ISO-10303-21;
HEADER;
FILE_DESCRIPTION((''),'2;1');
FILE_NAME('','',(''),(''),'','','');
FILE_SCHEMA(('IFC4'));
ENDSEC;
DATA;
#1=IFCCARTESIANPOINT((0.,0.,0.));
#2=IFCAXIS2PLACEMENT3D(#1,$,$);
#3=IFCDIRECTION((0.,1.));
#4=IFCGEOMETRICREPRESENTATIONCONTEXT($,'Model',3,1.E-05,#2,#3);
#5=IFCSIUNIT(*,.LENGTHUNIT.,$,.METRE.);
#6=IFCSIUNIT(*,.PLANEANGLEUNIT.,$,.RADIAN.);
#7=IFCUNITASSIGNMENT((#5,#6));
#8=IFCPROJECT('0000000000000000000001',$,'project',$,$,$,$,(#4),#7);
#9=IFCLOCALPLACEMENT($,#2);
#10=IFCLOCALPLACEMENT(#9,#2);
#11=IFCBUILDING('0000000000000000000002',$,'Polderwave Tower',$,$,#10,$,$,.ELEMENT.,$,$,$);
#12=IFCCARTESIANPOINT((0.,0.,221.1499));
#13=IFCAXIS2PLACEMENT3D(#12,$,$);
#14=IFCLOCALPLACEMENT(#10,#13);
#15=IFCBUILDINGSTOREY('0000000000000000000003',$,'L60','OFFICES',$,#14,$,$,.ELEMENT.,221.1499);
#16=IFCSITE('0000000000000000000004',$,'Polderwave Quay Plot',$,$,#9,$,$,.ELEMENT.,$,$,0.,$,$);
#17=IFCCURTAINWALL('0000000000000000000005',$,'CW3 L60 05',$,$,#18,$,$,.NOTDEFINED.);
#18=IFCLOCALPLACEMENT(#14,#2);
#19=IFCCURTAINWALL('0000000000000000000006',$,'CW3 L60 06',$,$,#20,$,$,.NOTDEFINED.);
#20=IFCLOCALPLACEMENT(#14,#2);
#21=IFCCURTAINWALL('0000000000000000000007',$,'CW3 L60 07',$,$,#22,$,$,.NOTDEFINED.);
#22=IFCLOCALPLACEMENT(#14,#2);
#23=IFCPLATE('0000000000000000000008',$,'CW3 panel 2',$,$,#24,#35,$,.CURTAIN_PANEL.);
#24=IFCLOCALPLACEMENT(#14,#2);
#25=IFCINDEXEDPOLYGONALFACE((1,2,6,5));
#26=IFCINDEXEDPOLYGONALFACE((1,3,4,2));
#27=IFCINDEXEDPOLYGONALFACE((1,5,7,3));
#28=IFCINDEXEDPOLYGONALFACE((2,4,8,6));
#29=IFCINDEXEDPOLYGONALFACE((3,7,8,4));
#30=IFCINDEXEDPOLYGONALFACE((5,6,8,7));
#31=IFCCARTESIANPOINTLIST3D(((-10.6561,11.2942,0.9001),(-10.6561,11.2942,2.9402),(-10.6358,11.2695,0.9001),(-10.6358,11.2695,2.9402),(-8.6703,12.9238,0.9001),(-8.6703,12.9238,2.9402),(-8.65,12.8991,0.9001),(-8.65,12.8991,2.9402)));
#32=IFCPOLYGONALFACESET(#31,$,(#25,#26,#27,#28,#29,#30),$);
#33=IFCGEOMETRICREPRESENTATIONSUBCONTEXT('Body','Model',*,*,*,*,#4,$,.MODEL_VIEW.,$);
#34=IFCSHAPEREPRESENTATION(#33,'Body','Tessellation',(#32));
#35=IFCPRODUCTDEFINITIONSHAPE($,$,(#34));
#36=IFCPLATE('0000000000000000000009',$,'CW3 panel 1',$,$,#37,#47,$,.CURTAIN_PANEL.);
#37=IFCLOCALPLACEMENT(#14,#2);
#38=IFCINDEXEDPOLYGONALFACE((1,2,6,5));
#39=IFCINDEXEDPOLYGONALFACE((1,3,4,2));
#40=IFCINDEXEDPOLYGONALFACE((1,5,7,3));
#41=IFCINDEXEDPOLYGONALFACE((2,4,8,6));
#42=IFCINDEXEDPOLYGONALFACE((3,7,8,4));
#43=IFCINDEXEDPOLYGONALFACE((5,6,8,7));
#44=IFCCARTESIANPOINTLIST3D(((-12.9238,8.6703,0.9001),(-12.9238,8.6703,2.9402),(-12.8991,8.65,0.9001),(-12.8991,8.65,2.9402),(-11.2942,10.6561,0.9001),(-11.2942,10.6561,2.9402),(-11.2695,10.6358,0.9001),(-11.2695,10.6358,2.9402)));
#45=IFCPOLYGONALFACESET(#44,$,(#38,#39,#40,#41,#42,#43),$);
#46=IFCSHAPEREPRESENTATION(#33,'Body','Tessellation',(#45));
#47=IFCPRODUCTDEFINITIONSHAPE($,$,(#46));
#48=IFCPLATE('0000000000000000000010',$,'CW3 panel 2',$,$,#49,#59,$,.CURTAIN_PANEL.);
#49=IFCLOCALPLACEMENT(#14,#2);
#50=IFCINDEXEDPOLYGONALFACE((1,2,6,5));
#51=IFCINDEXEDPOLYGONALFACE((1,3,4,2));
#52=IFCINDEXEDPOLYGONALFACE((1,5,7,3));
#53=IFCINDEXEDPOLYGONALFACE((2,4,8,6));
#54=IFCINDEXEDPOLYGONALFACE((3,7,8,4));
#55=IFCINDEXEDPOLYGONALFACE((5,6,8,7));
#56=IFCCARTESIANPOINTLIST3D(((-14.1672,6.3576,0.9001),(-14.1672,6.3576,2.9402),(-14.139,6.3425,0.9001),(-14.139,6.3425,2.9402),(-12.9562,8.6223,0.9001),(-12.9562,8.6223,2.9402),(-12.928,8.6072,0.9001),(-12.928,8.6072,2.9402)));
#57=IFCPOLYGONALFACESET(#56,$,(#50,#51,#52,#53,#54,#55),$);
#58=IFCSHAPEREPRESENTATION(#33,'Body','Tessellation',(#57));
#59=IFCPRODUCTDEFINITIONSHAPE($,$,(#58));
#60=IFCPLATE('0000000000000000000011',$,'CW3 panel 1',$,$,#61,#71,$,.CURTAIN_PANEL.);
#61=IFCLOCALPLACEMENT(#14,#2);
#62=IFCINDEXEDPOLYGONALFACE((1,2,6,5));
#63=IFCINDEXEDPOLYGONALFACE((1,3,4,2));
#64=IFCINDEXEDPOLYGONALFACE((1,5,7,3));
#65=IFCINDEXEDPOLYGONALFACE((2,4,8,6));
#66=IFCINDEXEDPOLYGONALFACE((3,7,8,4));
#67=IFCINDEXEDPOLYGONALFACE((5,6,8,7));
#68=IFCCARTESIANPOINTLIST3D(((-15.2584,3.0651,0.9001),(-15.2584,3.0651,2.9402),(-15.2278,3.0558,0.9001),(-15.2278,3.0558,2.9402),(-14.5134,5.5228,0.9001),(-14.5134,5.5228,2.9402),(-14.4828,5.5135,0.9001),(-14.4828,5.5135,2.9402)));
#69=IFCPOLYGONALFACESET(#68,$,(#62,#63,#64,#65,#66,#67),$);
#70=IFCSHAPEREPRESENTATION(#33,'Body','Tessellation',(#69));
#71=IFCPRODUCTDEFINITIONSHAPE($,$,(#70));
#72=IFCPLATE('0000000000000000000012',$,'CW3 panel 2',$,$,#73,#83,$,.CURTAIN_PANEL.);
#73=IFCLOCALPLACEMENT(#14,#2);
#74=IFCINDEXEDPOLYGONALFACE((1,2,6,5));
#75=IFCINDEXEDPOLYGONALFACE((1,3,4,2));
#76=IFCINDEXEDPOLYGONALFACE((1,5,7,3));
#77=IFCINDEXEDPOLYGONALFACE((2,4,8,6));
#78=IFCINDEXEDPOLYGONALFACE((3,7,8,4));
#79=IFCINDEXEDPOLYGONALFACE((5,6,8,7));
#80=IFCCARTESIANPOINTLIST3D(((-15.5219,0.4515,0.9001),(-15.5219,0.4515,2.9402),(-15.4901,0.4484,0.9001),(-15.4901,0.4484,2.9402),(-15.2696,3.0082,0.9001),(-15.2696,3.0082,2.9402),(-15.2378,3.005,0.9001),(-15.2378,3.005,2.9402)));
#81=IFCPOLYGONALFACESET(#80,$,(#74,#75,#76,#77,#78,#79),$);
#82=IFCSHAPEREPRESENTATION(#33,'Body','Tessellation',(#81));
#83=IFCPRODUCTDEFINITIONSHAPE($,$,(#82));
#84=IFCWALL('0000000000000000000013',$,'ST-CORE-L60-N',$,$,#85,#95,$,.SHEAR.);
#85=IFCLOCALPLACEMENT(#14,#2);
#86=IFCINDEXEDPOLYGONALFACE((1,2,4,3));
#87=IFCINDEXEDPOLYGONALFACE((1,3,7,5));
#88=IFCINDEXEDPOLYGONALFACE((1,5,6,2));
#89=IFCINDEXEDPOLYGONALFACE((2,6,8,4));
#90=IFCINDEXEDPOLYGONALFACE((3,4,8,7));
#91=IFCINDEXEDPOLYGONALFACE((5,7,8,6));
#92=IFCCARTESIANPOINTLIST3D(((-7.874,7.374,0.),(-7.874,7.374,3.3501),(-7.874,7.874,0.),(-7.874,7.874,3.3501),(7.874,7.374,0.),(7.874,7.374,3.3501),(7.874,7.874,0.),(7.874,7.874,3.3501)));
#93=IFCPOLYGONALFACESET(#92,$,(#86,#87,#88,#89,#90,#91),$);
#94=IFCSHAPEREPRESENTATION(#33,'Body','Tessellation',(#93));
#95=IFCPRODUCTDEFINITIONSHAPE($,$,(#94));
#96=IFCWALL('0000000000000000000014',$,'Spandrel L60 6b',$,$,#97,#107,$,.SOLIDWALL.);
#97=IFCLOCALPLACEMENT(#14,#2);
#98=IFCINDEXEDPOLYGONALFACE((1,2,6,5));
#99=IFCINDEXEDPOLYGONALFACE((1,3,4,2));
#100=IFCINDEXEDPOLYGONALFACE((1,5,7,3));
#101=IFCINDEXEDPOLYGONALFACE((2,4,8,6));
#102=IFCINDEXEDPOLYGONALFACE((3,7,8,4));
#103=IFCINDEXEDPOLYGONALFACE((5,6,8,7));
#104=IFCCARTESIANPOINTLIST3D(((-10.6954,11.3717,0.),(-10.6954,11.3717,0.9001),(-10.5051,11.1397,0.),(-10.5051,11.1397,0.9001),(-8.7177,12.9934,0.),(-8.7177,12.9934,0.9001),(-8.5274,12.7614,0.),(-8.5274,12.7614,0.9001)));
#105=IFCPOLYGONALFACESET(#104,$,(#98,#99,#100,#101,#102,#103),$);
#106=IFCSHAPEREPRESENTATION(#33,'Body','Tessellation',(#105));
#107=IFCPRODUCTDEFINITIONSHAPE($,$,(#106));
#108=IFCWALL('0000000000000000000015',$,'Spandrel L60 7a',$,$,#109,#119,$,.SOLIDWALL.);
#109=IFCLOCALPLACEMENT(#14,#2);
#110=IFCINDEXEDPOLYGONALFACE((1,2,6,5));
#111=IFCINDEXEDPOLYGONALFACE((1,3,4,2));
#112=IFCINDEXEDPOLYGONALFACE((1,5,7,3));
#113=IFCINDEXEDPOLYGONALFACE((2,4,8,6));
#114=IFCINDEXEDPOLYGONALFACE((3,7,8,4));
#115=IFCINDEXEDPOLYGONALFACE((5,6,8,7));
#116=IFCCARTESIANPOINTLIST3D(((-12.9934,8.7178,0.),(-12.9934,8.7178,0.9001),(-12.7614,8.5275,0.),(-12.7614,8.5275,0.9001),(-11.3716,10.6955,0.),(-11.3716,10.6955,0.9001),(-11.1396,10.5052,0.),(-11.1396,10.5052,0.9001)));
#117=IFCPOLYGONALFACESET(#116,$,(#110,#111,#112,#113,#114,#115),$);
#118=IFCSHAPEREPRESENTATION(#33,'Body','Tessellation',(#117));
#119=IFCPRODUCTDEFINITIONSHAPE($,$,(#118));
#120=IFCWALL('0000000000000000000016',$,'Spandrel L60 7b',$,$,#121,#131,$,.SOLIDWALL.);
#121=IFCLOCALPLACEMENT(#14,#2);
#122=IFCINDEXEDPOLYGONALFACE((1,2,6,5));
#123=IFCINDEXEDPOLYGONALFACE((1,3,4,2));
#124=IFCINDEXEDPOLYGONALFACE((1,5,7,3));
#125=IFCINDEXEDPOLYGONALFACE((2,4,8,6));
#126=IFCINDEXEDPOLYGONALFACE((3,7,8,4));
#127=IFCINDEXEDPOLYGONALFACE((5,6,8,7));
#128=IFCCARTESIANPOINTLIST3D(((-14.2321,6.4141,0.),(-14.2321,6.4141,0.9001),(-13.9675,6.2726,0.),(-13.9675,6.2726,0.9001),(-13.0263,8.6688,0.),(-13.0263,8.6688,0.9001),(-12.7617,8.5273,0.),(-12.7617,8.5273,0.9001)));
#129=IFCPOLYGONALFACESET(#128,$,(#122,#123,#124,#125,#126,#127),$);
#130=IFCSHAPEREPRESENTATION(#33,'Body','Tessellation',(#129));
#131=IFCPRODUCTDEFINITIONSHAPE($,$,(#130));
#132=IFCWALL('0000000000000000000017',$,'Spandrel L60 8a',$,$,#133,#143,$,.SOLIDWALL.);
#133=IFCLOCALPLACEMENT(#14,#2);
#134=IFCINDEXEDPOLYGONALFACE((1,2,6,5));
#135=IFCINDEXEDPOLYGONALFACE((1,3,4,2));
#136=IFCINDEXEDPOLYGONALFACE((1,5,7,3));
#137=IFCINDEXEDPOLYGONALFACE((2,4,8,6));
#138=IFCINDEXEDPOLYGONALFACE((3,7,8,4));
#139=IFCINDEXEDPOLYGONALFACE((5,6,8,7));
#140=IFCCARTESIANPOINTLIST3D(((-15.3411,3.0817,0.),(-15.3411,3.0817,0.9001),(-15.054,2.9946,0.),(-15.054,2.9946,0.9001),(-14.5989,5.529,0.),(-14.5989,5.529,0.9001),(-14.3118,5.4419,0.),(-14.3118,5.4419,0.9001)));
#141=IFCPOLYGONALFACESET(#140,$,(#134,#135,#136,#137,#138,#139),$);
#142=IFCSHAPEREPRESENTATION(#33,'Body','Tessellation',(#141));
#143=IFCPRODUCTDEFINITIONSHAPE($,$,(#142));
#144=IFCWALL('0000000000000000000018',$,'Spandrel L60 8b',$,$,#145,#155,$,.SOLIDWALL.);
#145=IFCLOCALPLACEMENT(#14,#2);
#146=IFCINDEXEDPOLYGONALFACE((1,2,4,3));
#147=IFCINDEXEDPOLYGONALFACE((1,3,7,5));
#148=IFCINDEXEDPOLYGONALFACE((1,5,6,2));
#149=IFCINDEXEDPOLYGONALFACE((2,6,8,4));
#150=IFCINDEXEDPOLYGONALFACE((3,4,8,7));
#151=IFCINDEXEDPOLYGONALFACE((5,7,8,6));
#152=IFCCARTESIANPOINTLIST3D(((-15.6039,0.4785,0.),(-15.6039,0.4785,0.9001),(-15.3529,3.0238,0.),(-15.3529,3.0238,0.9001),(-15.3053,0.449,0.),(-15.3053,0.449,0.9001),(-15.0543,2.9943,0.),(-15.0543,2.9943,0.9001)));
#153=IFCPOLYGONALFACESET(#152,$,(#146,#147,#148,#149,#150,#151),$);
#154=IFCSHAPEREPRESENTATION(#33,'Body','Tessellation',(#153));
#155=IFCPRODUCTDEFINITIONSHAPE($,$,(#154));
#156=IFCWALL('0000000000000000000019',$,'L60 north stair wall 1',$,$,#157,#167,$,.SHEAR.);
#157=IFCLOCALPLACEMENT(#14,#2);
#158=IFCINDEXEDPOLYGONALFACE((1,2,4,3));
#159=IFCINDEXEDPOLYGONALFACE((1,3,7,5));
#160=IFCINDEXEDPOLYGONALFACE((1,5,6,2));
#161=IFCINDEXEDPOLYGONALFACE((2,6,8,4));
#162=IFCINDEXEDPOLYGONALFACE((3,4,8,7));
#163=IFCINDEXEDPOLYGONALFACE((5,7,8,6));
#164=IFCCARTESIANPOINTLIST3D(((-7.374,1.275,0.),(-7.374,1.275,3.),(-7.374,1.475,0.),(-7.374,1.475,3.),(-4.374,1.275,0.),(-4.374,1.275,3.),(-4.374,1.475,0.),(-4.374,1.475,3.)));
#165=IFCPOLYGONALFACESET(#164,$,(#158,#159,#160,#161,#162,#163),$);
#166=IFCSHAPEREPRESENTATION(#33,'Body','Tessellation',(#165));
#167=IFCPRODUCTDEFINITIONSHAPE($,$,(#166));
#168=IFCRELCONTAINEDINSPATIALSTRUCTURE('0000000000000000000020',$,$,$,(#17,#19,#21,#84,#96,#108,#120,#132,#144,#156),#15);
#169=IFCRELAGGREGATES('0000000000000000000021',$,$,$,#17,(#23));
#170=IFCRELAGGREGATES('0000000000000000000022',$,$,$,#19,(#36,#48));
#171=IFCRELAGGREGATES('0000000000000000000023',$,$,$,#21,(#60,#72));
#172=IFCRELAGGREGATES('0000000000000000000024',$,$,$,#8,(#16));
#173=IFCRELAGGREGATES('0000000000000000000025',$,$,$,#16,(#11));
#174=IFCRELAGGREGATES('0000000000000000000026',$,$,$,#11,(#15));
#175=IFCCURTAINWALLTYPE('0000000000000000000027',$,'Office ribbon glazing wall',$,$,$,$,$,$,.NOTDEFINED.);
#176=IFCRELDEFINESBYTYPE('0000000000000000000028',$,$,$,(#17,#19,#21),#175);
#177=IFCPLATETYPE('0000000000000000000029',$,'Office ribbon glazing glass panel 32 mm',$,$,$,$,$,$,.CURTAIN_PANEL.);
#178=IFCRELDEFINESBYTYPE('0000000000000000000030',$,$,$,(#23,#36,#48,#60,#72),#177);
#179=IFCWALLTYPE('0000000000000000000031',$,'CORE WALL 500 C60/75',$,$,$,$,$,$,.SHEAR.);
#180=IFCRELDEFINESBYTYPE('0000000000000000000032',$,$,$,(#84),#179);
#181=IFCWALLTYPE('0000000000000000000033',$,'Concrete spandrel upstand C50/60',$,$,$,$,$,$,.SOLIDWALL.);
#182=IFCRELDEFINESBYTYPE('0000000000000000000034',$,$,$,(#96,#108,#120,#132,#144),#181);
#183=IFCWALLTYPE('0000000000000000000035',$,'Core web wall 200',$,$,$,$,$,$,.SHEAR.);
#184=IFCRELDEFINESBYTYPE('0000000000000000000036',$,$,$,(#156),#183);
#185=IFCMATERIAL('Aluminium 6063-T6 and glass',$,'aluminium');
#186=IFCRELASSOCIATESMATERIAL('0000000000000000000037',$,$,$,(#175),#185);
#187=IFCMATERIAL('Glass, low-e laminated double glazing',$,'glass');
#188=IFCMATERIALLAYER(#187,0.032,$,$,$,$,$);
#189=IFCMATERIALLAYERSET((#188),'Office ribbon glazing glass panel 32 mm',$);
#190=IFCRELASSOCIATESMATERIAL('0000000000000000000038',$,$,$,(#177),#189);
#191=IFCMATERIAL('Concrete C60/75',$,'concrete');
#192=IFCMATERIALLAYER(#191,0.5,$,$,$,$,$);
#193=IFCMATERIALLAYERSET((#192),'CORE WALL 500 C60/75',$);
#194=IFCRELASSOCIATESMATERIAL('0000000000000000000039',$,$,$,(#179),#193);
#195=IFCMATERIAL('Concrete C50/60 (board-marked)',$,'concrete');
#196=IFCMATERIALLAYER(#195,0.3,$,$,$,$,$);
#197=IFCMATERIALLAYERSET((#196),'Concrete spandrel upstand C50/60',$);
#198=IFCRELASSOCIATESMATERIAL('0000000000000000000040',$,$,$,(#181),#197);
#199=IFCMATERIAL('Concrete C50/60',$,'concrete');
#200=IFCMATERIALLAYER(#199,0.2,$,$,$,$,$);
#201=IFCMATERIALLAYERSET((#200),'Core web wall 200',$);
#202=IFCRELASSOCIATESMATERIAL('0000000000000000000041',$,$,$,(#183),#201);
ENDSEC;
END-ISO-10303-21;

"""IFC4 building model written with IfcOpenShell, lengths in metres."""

from ifc_helpers import new_model, si_unit, direction, frame, frame_2d, origin, origin_2d, place, context, subcontext, project, spatial, rectangle, extrude, material, layer, layer_set, type_object, element, aggregate, save


model = new_model("IFC4")

# Units and contexts
model_context = context("Model", 3, precision=1e-05, world=origin(), true_north=direction((0.0, 1.0)))
body_context = subcontext(model_context, "Body", "Model", "MODEL_VIEW")
ifc_project = project(units=[si_unit("LENGTHUNIT", "METRE"), si_unit("PLANEANGLEUNIT", "RADIAN")], contexts=[model_context])

# Site, building, storey
site_placement = place(None, origin())
site = spatial("IfcSite", under=ifc_project, at=site_placement, Name="Polderwave Quay Plot", CompositionType="ELEMENT", RefElevation=0.0)
building_placement = place(site_placement, origin())
building = spatial("IfcBuilding", under=site, at=building_placement, Name="Polderwave Tower", CompositionType="ELEMENT")
storey_placement = place(building_placement, frame((0.0, 0.0, 221.1499)))
storey = spatial("IfcBuildingStorey", under=building, at=storey_placement, Name="L60", Description="OFFICES", CompositionType="ELEMENT", Elevation=221.1499)

# Shared definitions
ifc_material_1 = material(Name="Concrete C60/75", Category="concrete")

# Curtain walls
ifc_material_2 = material(Name="Aluminium 6063-T6 and glass", Category="aluminium")
curtain_wall_type = type_object("IfcCurtainWallType", Name="Office ribbon glazing wall", PredefinedType="NOTDEFINED", material=ifc_material_2)
curtain_wall_1_placement = place(storey_placement, origin())
curtain_wall_1 = element("IfcCurtainWall", 1, at=curtain_wall_1_placement, inside=storey, type_object=curtain_wall_type, Name="CW3 L60 05", PredefinedType="NOTDEFINED")
curtain_wall_2_placement = place(storey_placement, origin())
curtain_wall_2 = element("IfcCurtainWall", 2, at=curtain_wall_2_placement, inside=storey, type_object=curtain_wall_type, Name="CW3 L60 06", PredefinedType="NOTDEFINED")
curtain_wall_3_placement = place(storey_placement, origin())
curtain_wall_3 = element("IfcCurtainWall", 3, at=curtain_wall_3_placement, inside=storey, type_object=curtain_wall_type, Name="CW3 L60 07", PredefinedType="NOTDEFINED")

# Plates
ifc_material_3 = material(Name="Glass, low-e laminated double glazing", Category="glass")
ifc_layer_1 = layer(ifc_material_3, 0.032)
ifc_layer_set_1 = layer_set([ifc_layer_1], Name="Office ribbon glazing glass panel 32 mm")
plate_type = type_object("IfcPlateType", Name="Office ribbon glazing glass panel 32 mm", PredefinedType="CURTAIN_PANEL", material=ifc_layer_set_1)
plate_1_placement = place(storey_placement, frame((-9.6531, 12.0967, 0.9001), z_axis=(0.0, 0.0, 1.0), x_axis=(-0.773029, -0.63437, 0.0)))
plate_1 = element("IfcPlate", 4, at=plate_1_placement, type_object=plate_type, Name="CW3 panel 2", PredefinedType="CURTAIN_PANEL", context=body_context, shape_type="SweptSolid", body=[
    extrude(rectangle(XDim=2.5688, YDim=0.032, at=origin_2d()), origin(), (0.0, 0.0, 1.0), 2.04),
])
aggregate(curtain_wall_1, [plate_1])
plate_2_placement = place(storey_placement, frame((-12.0967, 9.6531, 0.9001), z_axis=(0.0, 0.0, 1.0), x_axis=(-0.63437, -0.773029, 0.0)))
plate_2 = element("IfcPlate", 5, at=plate_2_placement, type_object=plate_type, Name="CW3 panel 1", PredefinedType="CURTAIN_PANEL", context=body_context, shape_type="SweptSolid", body=[
    extrude(rectangle(XDim=2.5688, YDim=0.032, at=origin_2d()), origin(), (0.0, 0.0, 1.0), 2.04),
])
plate_3_placement = place(storey_placement, frame((-13.5476, 7.4824, 0.9001), z_axis=(0.0, 0.0, 1.0), x_axis=(-0.471548, -0.881841, 0.0)))
plate_3 = element("IfcPlate", 6, at=plate_3_placement, type_object=plate_type, Name="CW3 panel 2", PredefinedType="CURTAIN_PANEL", context=body_context, shape_type="SweptSolid", body=[
    extrude(rectangle(XDim=2.5681, YDim=0.032, at=origin_2d()), origin(), (0.0, 0.0, 1.0), 2.04),
])
aggregate(curtain_wall_2, [plate_2, plate_3])
plate_4_placement = place(storey_placement, frame((-14.8706, 4.2893, 0.9001), z_axis=(0.0, 0.0, 1.0), x_axis=(-0.290104, -0.956995, 0.0)))
plate_4 = element("IfcPlate", 7, at=plate_4_placement, type_object=plate_type, Name="CW3 panel 1", PredefinedType="CURTAIN_PANEL", context=body_context, shape_type="SweptSolid", body=[
    extrude(rectangle(XDim=2.5681, YDim=0.032, at=origin_2d()), origin(), (0.0, 0.0, 1.0), 2.04),
])
plate_5_placement = place(storey_placement, frame((-15.3799, 1.7283, 0.9001), z_axis=(0.0, 0.0, 1.0), x_axis=(-0.098206, -0.995166, 0.0)))
plate_5 = element("IfcPlate", 8, at=plate_5_placement, type_object=plate_type, Name="CW3 panel 2", PredefinedType="CURTAIN_PANEL", context=body_context, shape_type="SweptSolid", body=[
    extrude(rectangle(XDim=2.5691, YDim=0.032, at=origin_2d()), origin(), (0.0, 0.0, 1.0), 2.04),
])
aggregate(curtain_wall_3, [plate_4, plate_5])

# Walls
ifc_layer_2 = layer(ifc_material_1, 0.5)
ifc_layer_set_2 = layer_set([ifc_layer_2], Name="CORE WALL 500 C60/75")
wall_type_1 = type_object("IfcWallType", Name="CORE WALL 500 C60/75", PredefinedType="SHEAR", material=ifc_layer_set_2)
wall_1_placement = place(storey_placement, frame((-7.874, 7.624, 0.0), z_axis=(0.0, 0.0, 1.0), x_axis=(1.0, 0.0, 0.0)))
element("IfcWall", 9, at=wall_1_placement, inside=storey, type_object=wall_type_1, Name="ST-CORE-L60-N", PredefinedType="SHEAR", context=body_context, shape_type="SweptSolid", body=[
    extrude(rectangle(XDim=15.748, YDim=0.5, at=frame_2d((7.874, 0.0))), origin(), (0.0, 0.0, 1.0), 3.3501),
])
ifc_material_4 = material(Name="Concrete C50/60 (board-marked)", Category="concrete")
ifc_layer_3 = layer(ifc_material_4, 0.3)
ifc_layer_set_3 = layer_set([ifc_layer_3], Name="Concrete spandrel upstand C50/60")
wall_type_2 = type_object("IfcWallType", Name="Concrete spandrel upstand C50/60", PredefinedType="SOLIDWALL", material=ifc_layer_set_3)
for number, where, z_axis, x_axis, name in (
    (10, (-8.6226, 12.8774, 0.0), (0.0, 0.0, 1.0), (-0.773259, -0.63409, 0.0), "Spandrel L60 6b"),
    (11, (-11.2556, 10.6003, 0.0), (0.0, 0.0, 1.0), (-0.63409, -0.773259, 0.0), "Spandrel L60 7a"),
):
    element("IfcWall", number, at=place(storey_placement, frame(where, z_axis=z_axis, x_axis=x_axis)), inside=storey, type_object=wall_type_2, Name=name, PredefinedType="SOLIDWALL", context=body_context, shape_type="SweptSolid", body=[
        extrude(rectangle(XDim=2.5576, YDim=0.3, at=frame_2d((1.2788, 0.0))), origin(), (0.0, 0.0, 1.0), 0.9001),
    ])
wall_2_placement = place(storey_placement, frame((-12.894, 8.5979, 0.0), z_axis=(0.0, 0.0, 1.0), x_axis=(-0.471604, -0.88181, 0.0)))
element("IfcWall", 12, at=wall_2_placement, inside=storey, type_object=wall_type_2, Name="Spandrel L60 7b", PredefinedType="SOLIDWALL", context=body_context, shape_type="SweptSolid", body=[
    extrude(rectangle(XDim=2.5569, YDim=0.3, at=frame_2d((1.2783, 0.0))), origin(), (0.0, 0.0, 1.0), 0.9001),
])
wall_3_placement = place(storey_placement, frame((-14.4553, 5.4856, 0.0), z_axis=(0.0, 0.0, 1.0), x_axis=(-0.290219, -0.95696, 0.0)))
element("IfcWall", 13, at=wall_3_placement, inside=storey, type_object=wall_type_2, Name="Spandrel L60 8a", PredefinedType="SOLIDWALL", context=body_context, shape_type="SweptSolid", body=[
    extrude(rectangle(XDim=2.5574, YDim=0.3, at=frame_2d((1.2788, 0.0))), origin(), (0.0, 0.0, 1.0), 0.9001),
])
wall_4_placement = place(storey_placement, frame((-15.2036, 3.009, 0.0), z_axis=(0.0, 0.0, 1.0), x_axis=(-0.098133, -0.995173, 0.0)))
element("IfcWall", 14, at=wall_4_placement, inside=storey, type_object=wall_type_2, Name="Spandrel L60 8b", PredefinedType="SOLIDWALL", context=body_context, shape_type="SweptSolid", body=[
    extrude(rectangle(XDim=2.5576, YDim=0.3, at=frame_2d((1.2788, 0.0))), origin(), (0.0, 0.0, 1.0), 0.9001),
])
ifc_material_5 = material(Name="Concrete C50/60", Category="concrete")
ifc_layer_4 = layer(ifc_material_5, 0.2)
ifc_layer_set_4 = layer_set([ifc_layer_4], Name="Core web wall 200")
wall_type_3 = type_object("IfcWallType", Name="Core web wall 200", PredefinedType="SHEAR", material=ifc_layer_set_4)
wall_5_placement = place(storey_placement, frame((-7.374, 1.375, 0.0), z_axis=(0.0, 0.0, 1.0), x_axis=(1.0, 0.0, 0.0)))
element("IfcWall", 15, at=wall_5_placement, inside=storey, type_object=wall_type_3, Name="L60 north stair wall 1", PredefinedType="SHEAR", context=body_context, shape_type="SweptSolid", body=[
    extrude(rectangle(XDim=3.0, YDim=0.2, at=frame_2d((1.5, 0.0))), origin(), (0.0, 0.0, 1.0), 3.0),
])

save(model, "model.ifc")
